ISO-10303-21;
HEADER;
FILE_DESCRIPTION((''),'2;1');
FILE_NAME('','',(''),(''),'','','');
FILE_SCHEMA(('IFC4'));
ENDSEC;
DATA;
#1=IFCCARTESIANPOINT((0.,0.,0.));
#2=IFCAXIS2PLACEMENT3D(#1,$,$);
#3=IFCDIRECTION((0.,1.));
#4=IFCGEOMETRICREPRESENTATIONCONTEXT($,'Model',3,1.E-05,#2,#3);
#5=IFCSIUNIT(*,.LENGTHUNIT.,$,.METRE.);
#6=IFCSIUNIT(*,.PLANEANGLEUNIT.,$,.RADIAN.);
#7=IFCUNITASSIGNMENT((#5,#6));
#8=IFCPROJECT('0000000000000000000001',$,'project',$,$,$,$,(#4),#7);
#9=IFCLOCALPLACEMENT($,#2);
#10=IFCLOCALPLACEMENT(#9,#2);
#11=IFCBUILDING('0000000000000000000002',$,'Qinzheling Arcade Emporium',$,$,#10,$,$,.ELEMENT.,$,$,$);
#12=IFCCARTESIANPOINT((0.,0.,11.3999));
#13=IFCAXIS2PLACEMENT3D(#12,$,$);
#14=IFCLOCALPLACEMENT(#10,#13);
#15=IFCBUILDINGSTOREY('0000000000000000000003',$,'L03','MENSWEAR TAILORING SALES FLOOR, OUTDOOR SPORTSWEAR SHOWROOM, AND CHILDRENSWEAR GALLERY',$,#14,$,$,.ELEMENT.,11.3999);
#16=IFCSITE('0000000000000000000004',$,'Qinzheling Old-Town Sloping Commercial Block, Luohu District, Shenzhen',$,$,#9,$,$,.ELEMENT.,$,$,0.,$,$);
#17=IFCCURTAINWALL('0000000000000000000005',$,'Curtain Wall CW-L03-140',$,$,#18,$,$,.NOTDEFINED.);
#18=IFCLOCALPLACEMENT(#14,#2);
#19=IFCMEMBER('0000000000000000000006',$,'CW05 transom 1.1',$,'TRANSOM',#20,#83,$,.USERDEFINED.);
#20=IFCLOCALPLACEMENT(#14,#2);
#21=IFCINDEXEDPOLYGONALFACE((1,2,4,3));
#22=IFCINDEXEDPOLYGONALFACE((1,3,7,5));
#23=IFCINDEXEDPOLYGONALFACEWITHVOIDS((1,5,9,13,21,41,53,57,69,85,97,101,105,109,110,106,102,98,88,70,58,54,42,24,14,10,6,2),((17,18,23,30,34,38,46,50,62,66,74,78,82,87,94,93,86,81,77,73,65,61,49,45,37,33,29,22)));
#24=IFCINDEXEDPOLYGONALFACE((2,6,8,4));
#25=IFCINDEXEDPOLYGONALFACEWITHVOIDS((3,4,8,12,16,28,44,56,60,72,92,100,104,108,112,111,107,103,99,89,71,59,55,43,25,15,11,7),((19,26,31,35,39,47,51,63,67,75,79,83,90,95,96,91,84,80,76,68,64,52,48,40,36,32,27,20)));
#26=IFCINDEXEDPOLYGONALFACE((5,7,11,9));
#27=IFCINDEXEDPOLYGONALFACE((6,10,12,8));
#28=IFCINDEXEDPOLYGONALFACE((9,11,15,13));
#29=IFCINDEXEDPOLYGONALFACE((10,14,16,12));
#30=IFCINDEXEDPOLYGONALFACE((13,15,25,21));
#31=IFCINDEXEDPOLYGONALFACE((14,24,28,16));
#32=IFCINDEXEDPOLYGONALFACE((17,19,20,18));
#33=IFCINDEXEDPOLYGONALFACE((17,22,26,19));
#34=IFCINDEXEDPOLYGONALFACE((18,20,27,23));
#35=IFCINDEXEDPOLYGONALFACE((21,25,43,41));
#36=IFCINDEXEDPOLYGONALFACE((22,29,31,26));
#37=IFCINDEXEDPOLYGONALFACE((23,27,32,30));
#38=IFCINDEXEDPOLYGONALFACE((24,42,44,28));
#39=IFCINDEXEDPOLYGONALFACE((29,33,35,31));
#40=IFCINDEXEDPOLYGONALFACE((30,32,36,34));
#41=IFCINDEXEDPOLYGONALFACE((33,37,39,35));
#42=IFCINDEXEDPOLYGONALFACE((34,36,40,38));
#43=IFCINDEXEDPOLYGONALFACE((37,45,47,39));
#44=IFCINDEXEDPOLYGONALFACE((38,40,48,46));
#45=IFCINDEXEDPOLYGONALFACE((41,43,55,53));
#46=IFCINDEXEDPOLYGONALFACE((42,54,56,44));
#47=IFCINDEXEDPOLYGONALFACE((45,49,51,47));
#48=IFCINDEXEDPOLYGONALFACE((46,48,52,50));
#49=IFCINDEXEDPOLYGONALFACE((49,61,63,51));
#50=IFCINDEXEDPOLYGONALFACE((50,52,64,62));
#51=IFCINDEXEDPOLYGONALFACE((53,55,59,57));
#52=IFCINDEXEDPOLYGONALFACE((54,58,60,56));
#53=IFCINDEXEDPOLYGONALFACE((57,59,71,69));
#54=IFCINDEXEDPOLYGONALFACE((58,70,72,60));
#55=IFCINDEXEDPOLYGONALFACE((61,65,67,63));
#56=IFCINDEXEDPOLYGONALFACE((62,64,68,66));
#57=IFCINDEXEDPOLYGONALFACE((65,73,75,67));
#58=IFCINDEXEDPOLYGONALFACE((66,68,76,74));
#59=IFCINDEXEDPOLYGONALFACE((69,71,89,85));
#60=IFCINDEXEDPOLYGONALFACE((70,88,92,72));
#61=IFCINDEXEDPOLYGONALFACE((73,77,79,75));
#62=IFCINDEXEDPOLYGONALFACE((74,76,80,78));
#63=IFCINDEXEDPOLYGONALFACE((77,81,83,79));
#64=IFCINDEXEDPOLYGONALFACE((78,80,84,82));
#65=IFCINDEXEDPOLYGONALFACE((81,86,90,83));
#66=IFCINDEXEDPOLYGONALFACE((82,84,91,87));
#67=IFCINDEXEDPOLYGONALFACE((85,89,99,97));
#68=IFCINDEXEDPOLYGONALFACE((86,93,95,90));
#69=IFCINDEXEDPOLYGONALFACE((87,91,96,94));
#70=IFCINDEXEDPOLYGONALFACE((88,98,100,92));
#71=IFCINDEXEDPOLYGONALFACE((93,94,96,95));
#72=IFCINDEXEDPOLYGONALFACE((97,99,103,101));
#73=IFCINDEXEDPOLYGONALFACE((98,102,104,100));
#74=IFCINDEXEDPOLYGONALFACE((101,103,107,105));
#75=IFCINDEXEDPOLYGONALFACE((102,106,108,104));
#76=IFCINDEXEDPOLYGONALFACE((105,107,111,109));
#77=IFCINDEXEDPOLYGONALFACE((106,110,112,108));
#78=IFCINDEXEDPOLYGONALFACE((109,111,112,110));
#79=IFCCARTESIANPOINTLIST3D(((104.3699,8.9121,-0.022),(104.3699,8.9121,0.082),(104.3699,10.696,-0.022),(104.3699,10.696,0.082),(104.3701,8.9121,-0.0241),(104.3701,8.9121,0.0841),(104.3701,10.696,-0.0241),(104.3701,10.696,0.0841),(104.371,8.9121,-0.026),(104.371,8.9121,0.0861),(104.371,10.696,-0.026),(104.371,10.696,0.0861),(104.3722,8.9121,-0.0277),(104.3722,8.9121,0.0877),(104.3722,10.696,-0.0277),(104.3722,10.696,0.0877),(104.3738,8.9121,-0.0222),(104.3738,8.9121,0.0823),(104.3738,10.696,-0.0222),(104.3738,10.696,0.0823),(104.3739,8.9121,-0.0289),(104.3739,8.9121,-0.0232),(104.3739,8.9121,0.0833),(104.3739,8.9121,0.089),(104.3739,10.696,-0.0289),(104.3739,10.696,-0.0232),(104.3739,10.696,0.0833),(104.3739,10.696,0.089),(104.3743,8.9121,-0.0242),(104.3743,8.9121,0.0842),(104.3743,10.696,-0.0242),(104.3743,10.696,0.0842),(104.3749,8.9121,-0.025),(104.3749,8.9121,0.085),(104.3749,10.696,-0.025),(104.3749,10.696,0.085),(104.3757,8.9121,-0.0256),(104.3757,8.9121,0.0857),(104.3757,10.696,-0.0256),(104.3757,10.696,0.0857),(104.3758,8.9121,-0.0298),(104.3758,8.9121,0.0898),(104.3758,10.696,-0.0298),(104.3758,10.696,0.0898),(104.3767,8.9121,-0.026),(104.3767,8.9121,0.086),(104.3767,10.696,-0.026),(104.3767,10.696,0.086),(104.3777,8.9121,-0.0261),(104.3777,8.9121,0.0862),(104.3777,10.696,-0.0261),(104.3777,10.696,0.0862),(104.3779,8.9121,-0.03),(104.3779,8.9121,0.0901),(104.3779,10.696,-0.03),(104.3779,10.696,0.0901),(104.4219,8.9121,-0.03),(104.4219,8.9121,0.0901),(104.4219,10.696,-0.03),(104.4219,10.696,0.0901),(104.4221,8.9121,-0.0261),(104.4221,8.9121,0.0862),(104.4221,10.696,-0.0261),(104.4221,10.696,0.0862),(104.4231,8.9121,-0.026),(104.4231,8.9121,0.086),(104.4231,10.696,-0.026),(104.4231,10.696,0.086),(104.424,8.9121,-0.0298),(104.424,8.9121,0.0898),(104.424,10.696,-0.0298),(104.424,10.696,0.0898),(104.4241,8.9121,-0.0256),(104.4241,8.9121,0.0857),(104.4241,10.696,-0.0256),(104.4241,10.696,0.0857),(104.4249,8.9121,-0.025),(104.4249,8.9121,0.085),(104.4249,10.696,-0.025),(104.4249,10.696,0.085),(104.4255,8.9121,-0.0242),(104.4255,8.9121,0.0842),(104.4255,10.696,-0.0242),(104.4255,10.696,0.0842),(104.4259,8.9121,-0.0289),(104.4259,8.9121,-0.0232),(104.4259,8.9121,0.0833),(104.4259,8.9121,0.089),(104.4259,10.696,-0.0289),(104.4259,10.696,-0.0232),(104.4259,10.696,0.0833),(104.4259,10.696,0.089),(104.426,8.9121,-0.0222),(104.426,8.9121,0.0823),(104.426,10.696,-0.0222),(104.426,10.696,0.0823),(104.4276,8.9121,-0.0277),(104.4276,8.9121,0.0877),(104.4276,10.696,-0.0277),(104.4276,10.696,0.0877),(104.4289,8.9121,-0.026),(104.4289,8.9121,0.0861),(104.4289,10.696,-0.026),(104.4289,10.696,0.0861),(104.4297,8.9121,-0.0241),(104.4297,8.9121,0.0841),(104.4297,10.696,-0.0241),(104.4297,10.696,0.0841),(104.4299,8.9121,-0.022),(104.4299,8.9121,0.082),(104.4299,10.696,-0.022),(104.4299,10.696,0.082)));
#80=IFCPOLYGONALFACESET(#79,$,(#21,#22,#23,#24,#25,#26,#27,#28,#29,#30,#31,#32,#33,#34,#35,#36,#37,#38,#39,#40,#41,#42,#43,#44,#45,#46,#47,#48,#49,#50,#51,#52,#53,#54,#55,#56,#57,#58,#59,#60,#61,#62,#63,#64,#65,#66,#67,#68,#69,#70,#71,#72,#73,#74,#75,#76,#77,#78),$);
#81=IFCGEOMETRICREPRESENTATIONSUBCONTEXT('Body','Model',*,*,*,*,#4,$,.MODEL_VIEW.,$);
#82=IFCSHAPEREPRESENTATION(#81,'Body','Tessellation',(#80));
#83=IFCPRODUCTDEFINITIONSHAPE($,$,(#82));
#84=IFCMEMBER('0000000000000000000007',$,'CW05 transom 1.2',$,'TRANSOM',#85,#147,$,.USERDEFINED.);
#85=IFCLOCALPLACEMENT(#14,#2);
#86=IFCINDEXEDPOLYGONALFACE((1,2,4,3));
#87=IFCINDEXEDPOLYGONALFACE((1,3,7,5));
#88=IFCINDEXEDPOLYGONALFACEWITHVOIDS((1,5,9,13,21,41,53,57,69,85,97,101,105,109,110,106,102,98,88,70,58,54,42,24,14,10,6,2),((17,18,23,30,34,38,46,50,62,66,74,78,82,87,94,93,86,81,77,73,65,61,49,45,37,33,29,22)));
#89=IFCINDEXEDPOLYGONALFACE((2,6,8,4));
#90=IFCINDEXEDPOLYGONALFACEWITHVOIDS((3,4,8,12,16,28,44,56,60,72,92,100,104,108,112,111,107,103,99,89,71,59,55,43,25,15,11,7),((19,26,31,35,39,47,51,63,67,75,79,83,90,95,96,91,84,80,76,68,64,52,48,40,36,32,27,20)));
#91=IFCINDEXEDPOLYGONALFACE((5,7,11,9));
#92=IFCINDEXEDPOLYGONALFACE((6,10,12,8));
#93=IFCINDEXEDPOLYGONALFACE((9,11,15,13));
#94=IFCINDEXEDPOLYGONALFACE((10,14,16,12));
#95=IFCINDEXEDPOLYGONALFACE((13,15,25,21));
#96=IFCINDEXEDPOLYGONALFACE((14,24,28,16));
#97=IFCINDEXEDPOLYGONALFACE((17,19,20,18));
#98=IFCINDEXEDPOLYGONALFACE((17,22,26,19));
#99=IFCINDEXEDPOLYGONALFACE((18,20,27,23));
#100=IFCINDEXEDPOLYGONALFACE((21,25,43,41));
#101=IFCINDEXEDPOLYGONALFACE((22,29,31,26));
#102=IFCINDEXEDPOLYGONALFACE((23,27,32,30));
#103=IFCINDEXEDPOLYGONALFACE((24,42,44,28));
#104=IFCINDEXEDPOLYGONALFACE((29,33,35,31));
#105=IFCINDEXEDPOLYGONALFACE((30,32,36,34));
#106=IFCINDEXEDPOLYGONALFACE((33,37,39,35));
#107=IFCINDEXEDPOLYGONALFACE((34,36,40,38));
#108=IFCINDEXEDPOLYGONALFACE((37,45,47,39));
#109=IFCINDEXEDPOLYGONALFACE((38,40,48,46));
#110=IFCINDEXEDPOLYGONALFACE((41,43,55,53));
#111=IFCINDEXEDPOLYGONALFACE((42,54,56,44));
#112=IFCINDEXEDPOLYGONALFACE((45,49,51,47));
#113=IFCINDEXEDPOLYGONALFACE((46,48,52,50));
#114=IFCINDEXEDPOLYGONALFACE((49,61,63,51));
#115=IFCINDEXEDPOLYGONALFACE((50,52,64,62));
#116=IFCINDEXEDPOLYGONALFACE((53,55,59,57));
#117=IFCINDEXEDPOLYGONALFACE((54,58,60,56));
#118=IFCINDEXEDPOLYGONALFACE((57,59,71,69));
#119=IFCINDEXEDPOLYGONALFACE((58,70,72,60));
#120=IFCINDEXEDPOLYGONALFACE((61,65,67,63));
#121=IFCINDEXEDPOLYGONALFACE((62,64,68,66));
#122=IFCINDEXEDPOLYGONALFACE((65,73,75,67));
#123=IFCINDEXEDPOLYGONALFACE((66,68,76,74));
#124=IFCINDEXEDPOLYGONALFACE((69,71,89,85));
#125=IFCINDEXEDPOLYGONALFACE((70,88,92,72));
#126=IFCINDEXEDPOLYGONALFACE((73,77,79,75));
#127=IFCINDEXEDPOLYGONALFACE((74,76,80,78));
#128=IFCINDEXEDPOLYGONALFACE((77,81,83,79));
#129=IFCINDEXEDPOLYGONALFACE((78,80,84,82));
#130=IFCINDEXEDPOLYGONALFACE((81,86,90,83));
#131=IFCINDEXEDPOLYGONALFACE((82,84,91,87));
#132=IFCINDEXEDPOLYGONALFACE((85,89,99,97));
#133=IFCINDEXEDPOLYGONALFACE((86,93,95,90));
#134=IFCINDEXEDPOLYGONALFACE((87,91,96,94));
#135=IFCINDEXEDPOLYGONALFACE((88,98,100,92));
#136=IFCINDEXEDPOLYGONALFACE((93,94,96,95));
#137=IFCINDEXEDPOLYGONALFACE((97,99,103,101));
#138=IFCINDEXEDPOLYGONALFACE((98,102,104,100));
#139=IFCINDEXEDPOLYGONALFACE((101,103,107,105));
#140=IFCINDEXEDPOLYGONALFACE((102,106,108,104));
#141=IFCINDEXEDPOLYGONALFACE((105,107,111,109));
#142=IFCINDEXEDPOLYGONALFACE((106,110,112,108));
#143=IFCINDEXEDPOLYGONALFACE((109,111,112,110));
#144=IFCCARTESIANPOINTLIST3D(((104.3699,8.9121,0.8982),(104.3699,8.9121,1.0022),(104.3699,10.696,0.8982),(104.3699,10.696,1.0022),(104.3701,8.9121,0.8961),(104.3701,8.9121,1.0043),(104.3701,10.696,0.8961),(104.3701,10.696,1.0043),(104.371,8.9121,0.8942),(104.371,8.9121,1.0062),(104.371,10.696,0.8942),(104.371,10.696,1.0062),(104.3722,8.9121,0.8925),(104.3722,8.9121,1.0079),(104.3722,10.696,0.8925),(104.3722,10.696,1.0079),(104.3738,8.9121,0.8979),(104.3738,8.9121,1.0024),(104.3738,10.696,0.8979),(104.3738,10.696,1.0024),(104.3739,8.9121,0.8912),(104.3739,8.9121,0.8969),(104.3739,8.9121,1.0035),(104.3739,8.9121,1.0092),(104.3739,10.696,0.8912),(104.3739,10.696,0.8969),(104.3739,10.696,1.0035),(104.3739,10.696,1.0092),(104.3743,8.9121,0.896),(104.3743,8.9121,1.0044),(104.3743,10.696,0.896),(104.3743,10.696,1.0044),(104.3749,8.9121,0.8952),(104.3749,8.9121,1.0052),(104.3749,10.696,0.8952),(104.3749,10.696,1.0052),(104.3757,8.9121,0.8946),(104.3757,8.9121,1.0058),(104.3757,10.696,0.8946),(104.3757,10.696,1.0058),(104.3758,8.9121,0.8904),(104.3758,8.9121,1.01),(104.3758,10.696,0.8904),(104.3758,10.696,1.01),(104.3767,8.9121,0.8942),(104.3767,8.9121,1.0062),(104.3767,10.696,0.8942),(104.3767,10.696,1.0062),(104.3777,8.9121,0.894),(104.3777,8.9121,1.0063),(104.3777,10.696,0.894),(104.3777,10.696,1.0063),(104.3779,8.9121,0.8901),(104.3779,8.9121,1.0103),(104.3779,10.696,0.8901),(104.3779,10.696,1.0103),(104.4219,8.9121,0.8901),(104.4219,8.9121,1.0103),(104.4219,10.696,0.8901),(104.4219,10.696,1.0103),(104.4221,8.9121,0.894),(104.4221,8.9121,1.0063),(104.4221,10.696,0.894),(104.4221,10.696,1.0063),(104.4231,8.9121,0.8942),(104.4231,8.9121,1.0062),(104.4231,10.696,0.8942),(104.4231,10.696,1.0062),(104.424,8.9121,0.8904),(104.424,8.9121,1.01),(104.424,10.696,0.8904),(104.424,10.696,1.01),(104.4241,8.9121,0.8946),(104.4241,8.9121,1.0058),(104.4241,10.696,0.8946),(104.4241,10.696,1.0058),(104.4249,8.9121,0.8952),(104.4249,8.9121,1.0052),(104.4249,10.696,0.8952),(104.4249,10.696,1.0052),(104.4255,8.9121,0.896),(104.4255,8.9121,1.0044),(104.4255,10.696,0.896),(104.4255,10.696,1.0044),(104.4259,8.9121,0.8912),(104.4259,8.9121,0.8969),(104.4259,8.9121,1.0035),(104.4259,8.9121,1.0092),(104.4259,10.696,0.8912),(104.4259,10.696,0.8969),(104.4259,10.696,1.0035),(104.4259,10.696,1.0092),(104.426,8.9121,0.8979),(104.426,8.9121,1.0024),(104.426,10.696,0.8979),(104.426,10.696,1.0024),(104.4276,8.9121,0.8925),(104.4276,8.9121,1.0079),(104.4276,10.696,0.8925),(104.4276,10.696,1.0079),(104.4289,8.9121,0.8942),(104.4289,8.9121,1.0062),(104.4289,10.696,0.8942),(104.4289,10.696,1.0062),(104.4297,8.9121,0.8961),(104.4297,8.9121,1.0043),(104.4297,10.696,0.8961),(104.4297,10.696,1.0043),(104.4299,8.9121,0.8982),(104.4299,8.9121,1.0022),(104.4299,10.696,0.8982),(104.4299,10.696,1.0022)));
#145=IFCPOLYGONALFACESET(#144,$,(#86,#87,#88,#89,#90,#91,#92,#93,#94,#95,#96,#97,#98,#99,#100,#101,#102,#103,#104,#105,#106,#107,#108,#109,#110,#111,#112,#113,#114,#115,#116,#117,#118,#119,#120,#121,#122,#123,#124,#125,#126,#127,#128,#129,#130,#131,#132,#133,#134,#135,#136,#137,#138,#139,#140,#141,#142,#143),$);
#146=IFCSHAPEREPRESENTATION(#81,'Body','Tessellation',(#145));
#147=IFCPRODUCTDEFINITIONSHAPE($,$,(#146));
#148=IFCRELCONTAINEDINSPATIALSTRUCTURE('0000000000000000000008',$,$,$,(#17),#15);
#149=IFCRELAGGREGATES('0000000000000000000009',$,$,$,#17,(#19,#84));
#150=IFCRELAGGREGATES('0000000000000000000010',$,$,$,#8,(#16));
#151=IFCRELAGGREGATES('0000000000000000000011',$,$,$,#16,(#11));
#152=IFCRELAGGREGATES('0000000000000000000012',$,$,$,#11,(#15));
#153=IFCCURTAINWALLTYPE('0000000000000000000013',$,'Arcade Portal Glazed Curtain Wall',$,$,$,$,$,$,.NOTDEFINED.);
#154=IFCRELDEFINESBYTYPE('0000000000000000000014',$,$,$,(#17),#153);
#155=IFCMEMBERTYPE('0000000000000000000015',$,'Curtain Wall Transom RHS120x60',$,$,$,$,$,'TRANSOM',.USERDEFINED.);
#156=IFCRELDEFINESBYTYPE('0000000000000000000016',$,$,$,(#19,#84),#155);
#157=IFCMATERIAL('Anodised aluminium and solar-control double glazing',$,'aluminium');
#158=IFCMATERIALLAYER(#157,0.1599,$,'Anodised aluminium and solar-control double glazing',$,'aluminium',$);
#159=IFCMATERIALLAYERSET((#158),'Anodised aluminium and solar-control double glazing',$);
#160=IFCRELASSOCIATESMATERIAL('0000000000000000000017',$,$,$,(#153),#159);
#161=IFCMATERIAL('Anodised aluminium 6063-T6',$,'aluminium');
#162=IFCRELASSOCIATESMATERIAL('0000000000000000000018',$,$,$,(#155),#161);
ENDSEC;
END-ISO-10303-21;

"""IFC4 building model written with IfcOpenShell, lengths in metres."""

from ifc_helpers import new_model, si_unit, direction, frame, origin, origin_2d, place, context, subcontext, project, spatial, hollow_rectangle, extrude, material, layer, layer_set, material_profile, profile_set, type_object, element, aggregate, save


model = new_model("IFC4")

# Units and contexts
model_context = context("Model", 3, precision=1e-05, world=origin(), true_north=direction((0.0, 1.0)))
body_context = subcontext(model_context, "Body", "Model", "MODEL_VIEW")
ifc_project = project(units=[si_unit("LENGTHUNIT", "METRE"), si_unit("PLANEANGLEUNIT", "RADIAN")], contexts=[model_context])

# Site, building, storey
site_placement = place(None, origin())
site = spatial("IfcSite", under=ifc_project, at=site_placement, Name="Qinzheling Old-Town Sloping Commercial Block, Luohu District, Shenzhen", CompositionType="ELEMENT", RefElevation=0.0)
building_placement = place(site_placement, origin())
building = spatial("IfcBuilding", under=site, at=building_placement, Name="Qinzheling Arcade Emporium", CompositionType="ELEMENT")
storey_placement = place(building_placement, frame((0.0, 0.0, 11.3999)))
storey = spatial("IfcBuildingStorey", under=building, at=storey_placement, Name="L03", Description="MENSWEAR TAILORING SALES FLOOR, OUTDOOR SPORTSWEAR SHOWROOM, AND CHILDRENSWEAR GALLERY", CompositionType="ELEMENT", Elevation=11.3999)

# Curtain wall, members
ifc_material_1 = material(Name="Anodised aluminium and solar-control double glazing", Category="aluminium")
ifc_layer_1 = layer(ifc_material_1, 0.1599, Name="Anodised aluminium and solar-control double glazing", Category="aluminium")
ifc_layer_set_1 = layer_set([ifc_layer_1], Name="Anodised aluminium and solar-control double glazing")
curtain_wall_type = type_object("IfcCurtainWallType", Name="Arcade Portal Glazed Curtain Wall", PredefinedType="NOTDEFINED", material=ifc_layer_set_1)
curtain_wall_placement = place(storey_placement, origin())
curtain_wall = element("IfcCurtainWall", 1, at=curtain_wall_placement, inside=storey, type_object=curtain_wall_type, Name="Curtain Wall CW-L03-140", PredefinedType="NOTDEFINED")
ifc_material_2 = material(Name="Anodised aluminium 6063-T6", Category="aluminium")
ifc_material_profile_1 = material_profile(ifc_material_2, hollow_rectangle(XDim=0.0601, YDim=0.1201, WallThickness=0.0039, InnerFilletRadius=0.0039, OuterFilletRadius=0.0081, at=origin_2d()), Name="RHS 120x60x4", Category="aluminium")
ifc_profile_set_1 = profile_set([ifc_material_profile_1], Name="Anodised aluminium 6063-T6")
member_type_1 = type_object("IfcMemberType", Name="Curtain Wall Transom RHS120x60", ElementType="TRANSOM", PredefinedType="USERDEFINED", material=ifc_profile_set_1)
member_1_placement = place(storey_placement, frame((104.3999, 8.9121, 0.03), z_axis=(0.0, 1.0, 0.0), x_axis=(-1.0, 0.0, 0.0)))
member_1 = element("IfcMember", 2, at=member_1_placement, type_object=member_type_1, Name="CW05 transom 1.1", ObjectType="TRANSOM", PredefinedType="USERDEFINED", context=body_context, shape_type="SweptSolid", body=[
    extrude(hollow_rectangle(XDim=0.0601, YDim=0.1201, WallThickness=0.0039, InnerFilletRadius=0.0039, OuterFilletRadius=0.0081, at=origin_2d()), origin(), (0.0, 0.0, 1.0), 1.7839),
])
member_2_placement = place(storey_placement, frame((104.3999, 8.9121, 0.9502), z_axis=(0.0, 1.0, 0.0), x_axis=(-1.0, 0.0, 0.0)))
member_2 = element("IfcMember", 3, at=member_2_placement, type_object=member_type_1, Name="CW05 transom 1.2", ObjectType="TRANSOM", PredefinedType="USERDEFINED", context=body_context, shape_type="SweptSolid", body=[
    extrude(hollow_rectangle(XDim=0.0601, YDim=0.1201, WallThickness=0.0039, InnerFilletRadius=0.0039, OuterFilletRadius=0.0081, at=origin_2d()), origin(), (0.0, 0.0, 1.0), 1.7839),
])

aggregate(curtain_wall, [member_1, member_2])

save(model, "model.ifc")
